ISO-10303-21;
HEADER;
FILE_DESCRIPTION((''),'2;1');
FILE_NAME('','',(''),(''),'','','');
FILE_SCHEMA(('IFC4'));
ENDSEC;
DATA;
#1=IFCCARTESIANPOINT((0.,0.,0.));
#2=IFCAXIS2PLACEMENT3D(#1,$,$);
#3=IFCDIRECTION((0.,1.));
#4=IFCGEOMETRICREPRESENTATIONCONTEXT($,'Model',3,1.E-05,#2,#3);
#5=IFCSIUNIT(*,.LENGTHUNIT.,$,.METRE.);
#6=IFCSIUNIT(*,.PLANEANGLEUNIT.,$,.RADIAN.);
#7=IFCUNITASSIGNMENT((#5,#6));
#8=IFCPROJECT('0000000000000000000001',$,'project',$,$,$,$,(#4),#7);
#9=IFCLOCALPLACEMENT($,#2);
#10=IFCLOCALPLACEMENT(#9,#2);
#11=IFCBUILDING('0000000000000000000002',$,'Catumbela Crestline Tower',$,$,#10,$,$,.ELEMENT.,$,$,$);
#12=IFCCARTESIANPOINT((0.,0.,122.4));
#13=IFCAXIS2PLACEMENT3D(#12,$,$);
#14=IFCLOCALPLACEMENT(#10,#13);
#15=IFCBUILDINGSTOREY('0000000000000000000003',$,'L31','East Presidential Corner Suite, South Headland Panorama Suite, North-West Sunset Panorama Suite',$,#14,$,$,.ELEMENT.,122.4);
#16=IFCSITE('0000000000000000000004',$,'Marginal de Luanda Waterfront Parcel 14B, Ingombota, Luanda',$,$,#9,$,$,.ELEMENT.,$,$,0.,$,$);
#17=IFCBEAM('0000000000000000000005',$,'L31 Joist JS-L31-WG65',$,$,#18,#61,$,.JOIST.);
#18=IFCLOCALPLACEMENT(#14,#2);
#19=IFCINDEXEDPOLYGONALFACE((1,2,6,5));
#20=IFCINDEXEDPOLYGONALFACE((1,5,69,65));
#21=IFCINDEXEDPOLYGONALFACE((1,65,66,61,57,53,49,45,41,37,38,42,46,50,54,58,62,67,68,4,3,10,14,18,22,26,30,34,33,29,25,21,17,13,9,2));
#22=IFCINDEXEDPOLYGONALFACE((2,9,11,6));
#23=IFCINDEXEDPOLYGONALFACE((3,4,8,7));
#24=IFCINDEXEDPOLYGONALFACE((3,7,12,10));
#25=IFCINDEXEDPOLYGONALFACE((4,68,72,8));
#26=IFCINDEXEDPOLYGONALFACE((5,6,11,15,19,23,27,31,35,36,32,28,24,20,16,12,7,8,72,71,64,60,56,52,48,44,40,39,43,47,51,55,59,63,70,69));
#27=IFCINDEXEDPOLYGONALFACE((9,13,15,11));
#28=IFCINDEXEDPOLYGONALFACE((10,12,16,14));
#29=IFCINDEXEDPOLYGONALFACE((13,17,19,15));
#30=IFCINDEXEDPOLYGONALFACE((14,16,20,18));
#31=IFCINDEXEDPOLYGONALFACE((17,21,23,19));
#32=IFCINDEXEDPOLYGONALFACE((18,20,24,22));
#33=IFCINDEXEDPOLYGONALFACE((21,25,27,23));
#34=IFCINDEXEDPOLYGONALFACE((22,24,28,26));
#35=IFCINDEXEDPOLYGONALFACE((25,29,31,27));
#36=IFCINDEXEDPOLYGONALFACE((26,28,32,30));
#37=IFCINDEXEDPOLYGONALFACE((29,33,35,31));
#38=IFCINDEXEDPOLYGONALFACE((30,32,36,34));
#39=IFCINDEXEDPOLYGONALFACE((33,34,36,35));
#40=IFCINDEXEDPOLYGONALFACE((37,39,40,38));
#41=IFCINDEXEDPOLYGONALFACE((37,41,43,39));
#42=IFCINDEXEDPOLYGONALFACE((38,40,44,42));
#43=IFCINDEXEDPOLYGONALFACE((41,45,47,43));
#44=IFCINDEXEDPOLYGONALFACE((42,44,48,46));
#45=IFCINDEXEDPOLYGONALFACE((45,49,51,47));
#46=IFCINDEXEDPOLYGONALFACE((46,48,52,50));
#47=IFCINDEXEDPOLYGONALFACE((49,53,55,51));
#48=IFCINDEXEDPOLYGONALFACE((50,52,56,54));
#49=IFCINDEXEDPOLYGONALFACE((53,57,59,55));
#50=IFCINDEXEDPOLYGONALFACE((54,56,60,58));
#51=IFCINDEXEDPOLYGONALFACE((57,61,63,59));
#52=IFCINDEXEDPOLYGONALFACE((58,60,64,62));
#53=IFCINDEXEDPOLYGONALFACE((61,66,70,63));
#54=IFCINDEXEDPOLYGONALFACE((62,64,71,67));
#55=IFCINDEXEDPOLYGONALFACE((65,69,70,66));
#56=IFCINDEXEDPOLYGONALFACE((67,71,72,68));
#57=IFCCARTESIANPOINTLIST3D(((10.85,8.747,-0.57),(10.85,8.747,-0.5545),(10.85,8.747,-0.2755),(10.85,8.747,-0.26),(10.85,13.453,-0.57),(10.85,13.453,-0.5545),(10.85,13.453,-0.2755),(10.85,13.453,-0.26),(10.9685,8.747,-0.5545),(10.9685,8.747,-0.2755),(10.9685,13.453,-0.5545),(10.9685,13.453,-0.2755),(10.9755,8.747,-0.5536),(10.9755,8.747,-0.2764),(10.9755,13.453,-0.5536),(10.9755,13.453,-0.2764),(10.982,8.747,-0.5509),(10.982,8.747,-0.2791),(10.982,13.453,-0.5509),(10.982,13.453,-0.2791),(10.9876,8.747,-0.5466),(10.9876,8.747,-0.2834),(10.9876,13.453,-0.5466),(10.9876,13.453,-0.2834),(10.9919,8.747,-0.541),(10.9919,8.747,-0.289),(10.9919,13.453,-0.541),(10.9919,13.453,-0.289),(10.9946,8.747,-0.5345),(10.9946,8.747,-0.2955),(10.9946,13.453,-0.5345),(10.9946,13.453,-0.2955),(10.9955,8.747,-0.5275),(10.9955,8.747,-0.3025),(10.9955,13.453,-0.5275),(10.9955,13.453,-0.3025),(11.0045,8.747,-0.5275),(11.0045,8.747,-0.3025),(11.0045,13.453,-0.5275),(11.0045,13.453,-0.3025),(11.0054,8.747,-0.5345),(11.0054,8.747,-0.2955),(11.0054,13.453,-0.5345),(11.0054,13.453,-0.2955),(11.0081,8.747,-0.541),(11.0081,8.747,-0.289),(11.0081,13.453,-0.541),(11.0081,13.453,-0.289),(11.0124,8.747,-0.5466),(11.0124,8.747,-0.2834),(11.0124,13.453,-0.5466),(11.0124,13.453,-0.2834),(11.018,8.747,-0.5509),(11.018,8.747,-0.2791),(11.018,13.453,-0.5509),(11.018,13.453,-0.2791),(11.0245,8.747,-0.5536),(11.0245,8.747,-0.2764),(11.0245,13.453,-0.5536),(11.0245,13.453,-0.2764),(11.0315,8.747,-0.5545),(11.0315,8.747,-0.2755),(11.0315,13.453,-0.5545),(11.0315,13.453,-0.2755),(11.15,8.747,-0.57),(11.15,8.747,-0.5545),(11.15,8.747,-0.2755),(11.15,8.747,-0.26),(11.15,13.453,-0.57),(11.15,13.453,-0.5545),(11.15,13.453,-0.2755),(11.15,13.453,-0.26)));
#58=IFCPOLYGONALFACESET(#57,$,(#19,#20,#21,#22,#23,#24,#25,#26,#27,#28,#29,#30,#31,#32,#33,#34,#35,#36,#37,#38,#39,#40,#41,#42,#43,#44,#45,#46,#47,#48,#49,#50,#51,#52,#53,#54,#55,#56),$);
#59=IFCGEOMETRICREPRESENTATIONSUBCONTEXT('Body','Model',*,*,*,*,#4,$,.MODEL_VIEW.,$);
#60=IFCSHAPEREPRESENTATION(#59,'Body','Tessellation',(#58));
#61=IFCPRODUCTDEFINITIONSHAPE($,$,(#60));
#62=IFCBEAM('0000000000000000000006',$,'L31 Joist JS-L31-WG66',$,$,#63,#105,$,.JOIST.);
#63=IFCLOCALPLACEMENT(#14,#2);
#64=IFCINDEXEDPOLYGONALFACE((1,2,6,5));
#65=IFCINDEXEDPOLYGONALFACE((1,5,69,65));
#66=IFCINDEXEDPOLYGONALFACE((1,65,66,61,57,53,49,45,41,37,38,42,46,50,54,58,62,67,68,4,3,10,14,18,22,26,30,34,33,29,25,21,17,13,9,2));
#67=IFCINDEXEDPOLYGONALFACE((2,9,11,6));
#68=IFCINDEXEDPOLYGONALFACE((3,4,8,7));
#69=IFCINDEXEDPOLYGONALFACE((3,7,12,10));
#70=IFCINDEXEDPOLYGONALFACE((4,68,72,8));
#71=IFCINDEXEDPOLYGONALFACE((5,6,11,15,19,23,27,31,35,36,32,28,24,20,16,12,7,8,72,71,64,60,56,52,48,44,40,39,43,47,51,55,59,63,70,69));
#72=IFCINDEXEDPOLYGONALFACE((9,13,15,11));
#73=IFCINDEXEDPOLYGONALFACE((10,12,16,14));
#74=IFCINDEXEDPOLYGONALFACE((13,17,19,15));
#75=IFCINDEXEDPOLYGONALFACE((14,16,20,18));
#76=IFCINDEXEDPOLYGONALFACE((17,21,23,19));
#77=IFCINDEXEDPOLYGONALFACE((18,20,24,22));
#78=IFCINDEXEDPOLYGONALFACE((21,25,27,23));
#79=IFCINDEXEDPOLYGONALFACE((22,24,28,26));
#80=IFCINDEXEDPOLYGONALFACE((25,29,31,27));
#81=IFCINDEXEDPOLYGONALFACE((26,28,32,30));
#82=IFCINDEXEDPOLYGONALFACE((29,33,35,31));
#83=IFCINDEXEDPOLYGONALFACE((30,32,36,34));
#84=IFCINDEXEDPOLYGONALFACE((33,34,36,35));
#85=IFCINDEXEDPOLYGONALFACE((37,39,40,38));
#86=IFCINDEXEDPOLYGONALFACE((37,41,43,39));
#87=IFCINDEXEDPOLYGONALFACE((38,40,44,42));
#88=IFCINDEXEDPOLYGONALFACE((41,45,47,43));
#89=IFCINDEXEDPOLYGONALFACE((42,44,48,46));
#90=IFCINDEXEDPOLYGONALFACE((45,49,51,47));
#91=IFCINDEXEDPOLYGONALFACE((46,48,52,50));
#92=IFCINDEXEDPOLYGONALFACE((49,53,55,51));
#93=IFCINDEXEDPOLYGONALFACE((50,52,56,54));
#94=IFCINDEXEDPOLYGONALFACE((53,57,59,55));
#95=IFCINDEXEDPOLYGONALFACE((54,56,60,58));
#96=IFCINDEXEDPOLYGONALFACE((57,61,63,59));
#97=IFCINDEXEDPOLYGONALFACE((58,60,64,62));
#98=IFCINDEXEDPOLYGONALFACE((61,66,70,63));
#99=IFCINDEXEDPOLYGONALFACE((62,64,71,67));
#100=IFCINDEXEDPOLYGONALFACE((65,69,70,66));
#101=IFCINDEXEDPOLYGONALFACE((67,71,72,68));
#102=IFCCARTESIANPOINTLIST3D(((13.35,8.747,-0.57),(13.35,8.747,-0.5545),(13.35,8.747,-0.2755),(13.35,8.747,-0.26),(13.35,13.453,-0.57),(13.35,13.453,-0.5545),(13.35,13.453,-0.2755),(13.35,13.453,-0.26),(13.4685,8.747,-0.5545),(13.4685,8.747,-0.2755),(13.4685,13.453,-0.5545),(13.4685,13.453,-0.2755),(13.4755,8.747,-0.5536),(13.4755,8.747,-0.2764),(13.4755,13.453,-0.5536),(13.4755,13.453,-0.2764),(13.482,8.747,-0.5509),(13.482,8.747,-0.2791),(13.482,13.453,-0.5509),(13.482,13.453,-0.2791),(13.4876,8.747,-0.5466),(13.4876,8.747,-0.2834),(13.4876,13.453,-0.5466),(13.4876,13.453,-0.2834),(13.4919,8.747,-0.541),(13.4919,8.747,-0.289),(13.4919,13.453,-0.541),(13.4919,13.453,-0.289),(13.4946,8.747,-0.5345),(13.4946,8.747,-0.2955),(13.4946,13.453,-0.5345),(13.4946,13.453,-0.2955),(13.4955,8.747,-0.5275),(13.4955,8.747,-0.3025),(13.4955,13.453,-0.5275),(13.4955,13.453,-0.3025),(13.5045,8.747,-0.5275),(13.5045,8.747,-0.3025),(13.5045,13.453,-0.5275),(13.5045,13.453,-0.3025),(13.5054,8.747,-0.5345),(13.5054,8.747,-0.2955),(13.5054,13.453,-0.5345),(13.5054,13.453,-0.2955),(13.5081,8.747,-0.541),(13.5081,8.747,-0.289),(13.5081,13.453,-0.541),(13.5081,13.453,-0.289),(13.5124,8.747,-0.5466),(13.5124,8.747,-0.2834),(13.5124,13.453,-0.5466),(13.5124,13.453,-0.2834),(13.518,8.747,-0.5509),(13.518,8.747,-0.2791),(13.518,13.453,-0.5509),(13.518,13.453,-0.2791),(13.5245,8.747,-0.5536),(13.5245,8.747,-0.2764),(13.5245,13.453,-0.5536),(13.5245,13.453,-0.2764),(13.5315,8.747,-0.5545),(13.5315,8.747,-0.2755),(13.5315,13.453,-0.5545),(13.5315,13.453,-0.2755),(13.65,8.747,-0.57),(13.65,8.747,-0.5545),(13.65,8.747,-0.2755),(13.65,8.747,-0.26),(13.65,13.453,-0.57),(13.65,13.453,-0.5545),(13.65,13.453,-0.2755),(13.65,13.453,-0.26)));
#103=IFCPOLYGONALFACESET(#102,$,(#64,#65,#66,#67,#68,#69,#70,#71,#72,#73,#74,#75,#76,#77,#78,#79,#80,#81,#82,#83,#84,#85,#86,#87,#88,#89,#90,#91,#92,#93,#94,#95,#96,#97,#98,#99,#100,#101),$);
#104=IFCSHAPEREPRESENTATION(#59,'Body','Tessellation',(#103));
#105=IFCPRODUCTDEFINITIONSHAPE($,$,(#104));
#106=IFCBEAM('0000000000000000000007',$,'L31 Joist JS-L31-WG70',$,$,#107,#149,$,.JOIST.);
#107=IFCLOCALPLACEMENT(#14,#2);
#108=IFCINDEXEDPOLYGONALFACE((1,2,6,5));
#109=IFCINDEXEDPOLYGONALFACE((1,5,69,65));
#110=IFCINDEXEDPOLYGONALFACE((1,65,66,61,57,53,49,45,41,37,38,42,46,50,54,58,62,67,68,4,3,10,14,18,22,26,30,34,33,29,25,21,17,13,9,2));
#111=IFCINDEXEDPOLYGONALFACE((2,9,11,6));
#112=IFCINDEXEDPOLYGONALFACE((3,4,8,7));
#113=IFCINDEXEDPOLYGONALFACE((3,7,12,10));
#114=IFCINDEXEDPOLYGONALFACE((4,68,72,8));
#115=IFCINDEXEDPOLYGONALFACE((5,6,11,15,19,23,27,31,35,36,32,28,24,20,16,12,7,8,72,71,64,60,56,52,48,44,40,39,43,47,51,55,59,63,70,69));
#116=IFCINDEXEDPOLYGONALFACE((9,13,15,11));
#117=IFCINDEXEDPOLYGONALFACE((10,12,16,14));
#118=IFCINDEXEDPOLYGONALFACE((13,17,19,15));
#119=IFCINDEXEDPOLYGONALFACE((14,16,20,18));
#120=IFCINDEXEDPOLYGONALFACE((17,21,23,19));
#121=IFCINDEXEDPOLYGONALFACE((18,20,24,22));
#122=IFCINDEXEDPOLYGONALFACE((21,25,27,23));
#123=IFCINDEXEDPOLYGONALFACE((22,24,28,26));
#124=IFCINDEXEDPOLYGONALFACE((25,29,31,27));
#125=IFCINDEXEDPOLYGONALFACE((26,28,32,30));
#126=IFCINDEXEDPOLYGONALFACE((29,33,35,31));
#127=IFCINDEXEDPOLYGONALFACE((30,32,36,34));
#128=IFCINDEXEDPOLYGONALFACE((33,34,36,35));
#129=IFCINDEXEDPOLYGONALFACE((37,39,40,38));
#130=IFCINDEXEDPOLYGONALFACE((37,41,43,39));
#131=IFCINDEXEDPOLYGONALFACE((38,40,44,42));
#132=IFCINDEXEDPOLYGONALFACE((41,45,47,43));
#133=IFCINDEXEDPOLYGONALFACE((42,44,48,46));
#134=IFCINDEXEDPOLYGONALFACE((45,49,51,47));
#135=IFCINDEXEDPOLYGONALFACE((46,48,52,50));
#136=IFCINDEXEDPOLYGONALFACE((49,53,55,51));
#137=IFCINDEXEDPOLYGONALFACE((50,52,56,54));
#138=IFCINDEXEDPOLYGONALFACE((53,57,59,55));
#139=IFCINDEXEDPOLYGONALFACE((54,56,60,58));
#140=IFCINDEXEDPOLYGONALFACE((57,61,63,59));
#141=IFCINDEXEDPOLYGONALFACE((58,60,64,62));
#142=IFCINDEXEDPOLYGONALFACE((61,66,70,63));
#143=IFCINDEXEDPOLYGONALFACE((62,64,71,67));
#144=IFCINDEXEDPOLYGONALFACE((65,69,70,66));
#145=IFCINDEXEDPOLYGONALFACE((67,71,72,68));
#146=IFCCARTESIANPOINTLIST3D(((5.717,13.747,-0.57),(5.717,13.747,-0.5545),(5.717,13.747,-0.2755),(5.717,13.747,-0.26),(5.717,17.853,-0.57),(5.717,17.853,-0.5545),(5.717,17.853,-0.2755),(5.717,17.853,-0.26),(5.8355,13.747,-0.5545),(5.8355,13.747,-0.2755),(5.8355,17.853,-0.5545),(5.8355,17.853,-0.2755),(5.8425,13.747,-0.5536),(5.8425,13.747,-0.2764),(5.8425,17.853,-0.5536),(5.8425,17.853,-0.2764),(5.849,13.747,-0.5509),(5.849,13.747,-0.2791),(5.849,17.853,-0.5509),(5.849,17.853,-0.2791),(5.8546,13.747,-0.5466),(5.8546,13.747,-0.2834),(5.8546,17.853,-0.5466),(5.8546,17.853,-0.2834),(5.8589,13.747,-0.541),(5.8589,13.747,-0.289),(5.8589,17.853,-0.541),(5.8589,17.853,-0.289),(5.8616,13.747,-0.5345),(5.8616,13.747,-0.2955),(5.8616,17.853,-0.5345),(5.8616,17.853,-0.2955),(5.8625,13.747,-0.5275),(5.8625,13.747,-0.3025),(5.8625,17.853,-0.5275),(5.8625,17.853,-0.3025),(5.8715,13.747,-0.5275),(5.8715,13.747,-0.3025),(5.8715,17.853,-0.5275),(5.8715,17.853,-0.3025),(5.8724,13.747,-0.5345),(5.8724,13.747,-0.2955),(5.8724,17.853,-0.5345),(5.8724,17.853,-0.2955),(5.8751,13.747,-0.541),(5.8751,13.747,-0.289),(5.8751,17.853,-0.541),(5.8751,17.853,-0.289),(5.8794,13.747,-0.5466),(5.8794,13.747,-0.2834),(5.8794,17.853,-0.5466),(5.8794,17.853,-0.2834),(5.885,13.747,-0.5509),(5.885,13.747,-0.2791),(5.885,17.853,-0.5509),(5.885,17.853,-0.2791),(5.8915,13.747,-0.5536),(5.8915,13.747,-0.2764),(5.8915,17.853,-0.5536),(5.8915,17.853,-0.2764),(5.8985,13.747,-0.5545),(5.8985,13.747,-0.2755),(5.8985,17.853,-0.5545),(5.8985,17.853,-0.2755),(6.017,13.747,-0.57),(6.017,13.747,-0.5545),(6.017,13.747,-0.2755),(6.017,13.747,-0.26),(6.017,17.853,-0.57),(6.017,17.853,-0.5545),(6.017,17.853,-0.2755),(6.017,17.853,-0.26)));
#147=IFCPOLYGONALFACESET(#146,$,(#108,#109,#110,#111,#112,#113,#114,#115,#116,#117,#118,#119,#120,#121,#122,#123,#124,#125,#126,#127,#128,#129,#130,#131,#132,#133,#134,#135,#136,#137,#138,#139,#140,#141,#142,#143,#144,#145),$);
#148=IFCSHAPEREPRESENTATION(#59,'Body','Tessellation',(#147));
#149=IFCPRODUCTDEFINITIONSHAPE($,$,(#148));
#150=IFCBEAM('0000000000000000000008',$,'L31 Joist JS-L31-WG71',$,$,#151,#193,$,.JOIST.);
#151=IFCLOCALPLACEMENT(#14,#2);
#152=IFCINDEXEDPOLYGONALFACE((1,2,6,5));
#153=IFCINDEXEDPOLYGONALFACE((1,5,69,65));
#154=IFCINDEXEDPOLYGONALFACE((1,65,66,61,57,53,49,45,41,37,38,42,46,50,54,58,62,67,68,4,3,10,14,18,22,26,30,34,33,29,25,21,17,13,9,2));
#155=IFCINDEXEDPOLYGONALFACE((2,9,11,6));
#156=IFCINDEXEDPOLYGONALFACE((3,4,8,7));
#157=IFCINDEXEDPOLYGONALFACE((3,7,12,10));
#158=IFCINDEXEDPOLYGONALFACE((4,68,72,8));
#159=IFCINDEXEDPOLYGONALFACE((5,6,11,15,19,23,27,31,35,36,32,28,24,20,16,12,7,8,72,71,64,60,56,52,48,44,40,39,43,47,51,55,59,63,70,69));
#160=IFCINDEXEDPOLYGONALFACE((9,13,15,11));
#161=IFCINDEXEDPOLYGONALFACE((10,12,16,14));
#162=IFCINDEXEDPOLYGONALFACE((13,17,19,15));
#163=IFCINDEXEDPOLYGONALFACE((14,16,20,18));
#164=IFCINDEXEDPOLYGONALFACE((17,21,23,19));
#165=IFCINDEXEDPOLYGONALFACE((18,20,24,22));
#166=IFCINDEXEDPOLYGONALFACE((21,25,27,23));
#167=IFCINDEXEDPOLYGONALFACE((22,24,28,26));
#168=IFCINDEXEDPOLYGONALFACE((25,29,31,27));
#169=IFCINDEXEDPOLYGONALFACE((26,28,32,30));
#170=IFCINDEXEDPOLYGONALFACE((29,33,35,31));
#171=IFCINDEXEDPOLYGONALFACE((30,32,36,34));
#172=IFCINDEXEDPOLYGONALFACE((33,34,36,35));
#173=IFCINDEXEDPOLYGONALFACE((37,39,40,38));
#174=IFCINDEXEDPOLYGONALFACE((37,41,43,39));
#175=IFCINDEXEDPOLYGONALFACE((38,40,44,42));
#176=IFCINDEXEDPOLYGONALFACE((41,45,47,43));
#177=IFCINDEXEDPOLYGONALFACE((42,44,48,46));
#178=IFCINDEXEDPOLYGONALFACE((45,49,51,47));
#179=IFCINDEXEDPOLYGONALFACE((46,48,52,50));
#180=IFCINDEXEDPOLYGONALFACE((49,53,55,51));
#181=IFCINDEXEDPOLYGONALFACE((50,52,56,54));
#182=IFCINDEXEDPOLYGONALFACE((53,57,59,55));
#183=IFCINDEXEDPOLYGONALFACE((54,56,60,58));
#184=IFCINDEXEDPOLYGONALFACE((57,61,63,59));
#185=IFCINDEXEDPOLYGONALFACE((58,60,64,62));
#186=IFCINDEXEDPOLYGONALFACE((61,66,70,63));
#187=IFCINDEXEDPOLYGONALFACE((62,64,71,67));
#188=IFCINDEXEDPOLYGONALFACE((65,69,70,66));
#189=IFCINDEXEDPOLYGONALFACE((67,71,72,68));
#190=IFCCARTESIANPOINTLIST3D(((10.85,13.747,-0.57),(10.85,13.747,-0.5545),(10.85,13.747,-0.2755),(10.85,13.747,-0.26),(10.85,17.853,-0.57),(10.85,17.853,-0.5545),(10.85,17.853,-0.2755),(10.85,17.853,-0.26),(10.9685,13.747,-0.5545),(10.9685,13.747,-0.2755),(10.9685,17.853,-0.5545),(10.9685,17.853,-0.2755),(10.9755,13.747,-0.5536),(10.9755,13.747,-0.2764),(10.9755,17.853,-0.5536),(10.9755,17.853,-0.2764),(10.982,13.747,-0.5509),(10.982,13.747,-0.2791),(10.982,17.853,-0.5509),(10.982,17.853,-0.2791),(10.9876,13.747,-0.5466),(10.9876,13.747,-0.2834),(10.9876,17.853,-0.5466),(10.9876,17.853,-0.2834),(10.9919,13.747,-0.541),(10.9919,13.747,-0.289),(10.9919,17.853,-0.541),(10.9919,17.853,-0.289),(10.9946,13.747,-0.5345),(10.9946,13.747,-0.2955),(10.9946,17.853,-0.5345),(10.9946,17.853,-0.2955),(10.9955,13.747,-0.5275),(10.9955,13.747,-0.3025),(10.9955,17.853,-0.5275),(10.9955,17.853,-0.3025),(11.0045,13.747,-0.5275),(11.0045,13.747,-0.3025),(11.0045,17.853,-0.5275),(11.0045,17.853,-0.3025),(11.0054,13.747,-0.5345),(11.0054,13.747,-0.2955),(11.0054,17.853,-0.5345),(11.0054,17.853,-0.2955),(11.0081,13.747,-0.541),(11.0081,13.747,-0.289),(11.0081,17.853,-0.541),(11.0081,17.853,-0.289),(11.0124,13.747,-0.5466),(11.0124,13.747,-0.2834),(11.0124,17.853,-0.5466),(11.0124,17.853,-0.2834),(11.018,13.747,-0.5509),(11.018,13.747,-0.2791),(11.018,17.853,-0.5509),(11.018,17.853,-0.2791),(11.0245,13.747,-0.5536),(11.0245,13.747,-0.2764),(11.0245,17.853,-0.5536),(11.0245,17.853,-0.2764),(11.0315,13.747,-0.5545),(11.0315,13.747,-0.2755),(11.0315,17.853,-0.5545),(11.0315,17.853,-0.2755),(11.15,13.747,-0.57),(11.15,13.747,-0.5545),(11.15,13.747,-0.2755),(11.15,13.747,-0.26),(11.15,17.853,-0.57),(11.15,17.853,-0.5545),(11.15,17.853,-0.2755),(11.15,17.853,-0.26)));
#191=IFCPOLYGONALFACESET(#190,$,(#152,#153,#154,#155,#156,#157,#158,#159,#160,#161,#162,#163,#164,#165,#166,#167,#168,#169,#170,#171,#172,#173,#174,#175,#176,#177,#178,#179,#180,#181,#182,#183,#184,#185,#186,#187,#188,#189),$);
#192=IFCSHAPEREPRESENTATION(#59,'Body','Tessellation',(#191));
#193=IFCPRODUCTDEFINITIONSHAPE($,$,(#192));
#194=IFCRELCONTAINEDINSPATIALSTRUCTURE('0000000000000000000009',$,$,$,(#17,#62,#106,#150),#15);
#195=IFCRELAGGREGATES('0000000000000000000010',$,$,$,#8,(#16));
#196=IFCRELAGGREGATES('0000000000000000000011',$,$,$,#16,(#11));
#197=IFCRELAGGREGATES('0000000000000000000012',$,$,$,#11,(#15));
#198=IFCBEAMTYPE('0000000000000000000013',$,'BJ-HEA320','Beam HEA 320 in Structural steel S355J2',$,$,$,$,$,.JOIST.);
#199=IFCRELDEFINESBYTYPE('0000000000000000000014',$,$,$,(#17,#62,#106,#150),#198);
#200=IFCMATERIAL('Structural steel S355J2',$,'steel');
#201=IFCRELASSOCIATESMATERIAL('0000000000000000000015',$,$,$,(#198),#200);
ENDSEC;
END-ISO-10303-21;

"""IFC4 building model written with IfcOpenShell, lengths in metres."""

from ifc_helpers import new_model, si_unit, direction, frame, origin, origin_2d, place, context, subcontext, project, spatial, i_section, extrude, material, material_profile, profile_set, type_object, element, save


model = new_model("IFC4")

# Units and contexts
model_context = context("Model", 3, precision=1e-05, world=origin(), true_north=direction((0.0, 1.0)))
body_context = subcontext(model_context, "Body", "Model", "MODEL_VIEW")
ifc_project = project(units=[si_unit("LENGTHUNIT", "METRE"), si_unit("PLANEANGLEUNIT", "RADIAN")], contexts=[model_context])

# Site, building, storey
site_placement = place(None, origin())
site = spatial("IfcSite", under=ifc_project, at=site_placement, Name="Marginal de Luanda Waterfront Parcel 14B, Ingombota, Luanda", CompositionType="ELEMENT", RefElevation=0.0)
building_placement = place(site_placement, origin())
building = spatial("IfcBuilding", under=site, at=building_placement, Name="Catumbela Crestline Tower", CompositionType="ELEMENT")
storey_placement = place(building_placement, frame((0.0, 0.0, 122.4)))
storey = spatial("IfcBuildingStorey", under=building, at=storey_placement, Name="L31", Description="East Presidential Corner Suite, South Headland Panorama Suite, North-West Sunset Panorama Suite", CompositionType="ELEMENT", Elevation=122.4)

# Beams
ifc_material_1 = material(Name="Structural steel S355J2", Category="steel")
ifc_material_profile_1 = material_profile(ifc_material_1, i_section(OverallWidth=0.3, OverallDepth=0.31, WebThickness=0.009, FlangeThickness=0.0155, FilletRadius=0.027, at=origin_2d()), Name="HEA 320")
ifc_profile_set_1 = profile_set([ifc_material_profile_1], Name="Structural steel S355J2")
beam_type_1 = type_object("IfcBeamType", Name="BJ-HEA320", Description="Beam HEA 320 in Structural steel S355J2", PredefinedType="JOIST", material=ifc_profile_set_1)
for number, where, z_axis, x_axis, name in (
    (1, (11.0, 8.747, -0.415), (0.0, 1.0, 0.0), (-1.0, 0.0, 0.0), "L31 Joist JS-L31-WG65"),
    (2, (13.5, 8.747, -0.415), (0.0, 1.0, 0.0), (-1.0, 0.0, 0.0), "L31 Joist JS-L31-WG66"),
):
    element("IfcBeam", number, at=place(storey_placement, frame(where, z_axis=z_axis, x_axis=x_axis)), inside=storey, type_object=beam_type_1, Name=name, PredefinedType="JOIST", context=body_context, shape_type="SweptSolid", body=[
        extrude(i_section(OverallWidth=0.3, OverallDepth=0.31, WebThickness=0.009, FlangeThickness=0.0155, FilletRadius=0.027, at=origin_2d()), origin(), (0.0, 0.0, 1.0), 4.706),
    ])
for number, where, z_axis, x_axis, name in (
    (3, (5.867, 13.747, -0.415), (0.0, 1.0, 0.0), (-1.0, 0.0, 0.0), "L31 Joist JS-L31-WG70"),
    (4, (11.0, 13.747, -0.415), (0.0, 1.0, 0.0), (-1.0, 0.0, 0.0), "L31 Joist JS-L31-WG71"),
):
    element("IfcBeam", number, at=place(storey_placement, frame(where, z_axis=z_axis, x_axis=x_axis)), inside=storey, type_object=beam_type_1, Name=name, PredefinedType="JOIST", context=body_context, shape_type="SweptSolid", body=[
        extrude(i_section(OverallWidth=0.3, OverallDepth=0.31, WebThickness=0.009, FlangeThickness=0.0155, FilletRadius=0.027, at=origin_2d()), origin(), (0.0, 0.0, 1.0), 4.106),
    ])

save(model, "model.ifc")
